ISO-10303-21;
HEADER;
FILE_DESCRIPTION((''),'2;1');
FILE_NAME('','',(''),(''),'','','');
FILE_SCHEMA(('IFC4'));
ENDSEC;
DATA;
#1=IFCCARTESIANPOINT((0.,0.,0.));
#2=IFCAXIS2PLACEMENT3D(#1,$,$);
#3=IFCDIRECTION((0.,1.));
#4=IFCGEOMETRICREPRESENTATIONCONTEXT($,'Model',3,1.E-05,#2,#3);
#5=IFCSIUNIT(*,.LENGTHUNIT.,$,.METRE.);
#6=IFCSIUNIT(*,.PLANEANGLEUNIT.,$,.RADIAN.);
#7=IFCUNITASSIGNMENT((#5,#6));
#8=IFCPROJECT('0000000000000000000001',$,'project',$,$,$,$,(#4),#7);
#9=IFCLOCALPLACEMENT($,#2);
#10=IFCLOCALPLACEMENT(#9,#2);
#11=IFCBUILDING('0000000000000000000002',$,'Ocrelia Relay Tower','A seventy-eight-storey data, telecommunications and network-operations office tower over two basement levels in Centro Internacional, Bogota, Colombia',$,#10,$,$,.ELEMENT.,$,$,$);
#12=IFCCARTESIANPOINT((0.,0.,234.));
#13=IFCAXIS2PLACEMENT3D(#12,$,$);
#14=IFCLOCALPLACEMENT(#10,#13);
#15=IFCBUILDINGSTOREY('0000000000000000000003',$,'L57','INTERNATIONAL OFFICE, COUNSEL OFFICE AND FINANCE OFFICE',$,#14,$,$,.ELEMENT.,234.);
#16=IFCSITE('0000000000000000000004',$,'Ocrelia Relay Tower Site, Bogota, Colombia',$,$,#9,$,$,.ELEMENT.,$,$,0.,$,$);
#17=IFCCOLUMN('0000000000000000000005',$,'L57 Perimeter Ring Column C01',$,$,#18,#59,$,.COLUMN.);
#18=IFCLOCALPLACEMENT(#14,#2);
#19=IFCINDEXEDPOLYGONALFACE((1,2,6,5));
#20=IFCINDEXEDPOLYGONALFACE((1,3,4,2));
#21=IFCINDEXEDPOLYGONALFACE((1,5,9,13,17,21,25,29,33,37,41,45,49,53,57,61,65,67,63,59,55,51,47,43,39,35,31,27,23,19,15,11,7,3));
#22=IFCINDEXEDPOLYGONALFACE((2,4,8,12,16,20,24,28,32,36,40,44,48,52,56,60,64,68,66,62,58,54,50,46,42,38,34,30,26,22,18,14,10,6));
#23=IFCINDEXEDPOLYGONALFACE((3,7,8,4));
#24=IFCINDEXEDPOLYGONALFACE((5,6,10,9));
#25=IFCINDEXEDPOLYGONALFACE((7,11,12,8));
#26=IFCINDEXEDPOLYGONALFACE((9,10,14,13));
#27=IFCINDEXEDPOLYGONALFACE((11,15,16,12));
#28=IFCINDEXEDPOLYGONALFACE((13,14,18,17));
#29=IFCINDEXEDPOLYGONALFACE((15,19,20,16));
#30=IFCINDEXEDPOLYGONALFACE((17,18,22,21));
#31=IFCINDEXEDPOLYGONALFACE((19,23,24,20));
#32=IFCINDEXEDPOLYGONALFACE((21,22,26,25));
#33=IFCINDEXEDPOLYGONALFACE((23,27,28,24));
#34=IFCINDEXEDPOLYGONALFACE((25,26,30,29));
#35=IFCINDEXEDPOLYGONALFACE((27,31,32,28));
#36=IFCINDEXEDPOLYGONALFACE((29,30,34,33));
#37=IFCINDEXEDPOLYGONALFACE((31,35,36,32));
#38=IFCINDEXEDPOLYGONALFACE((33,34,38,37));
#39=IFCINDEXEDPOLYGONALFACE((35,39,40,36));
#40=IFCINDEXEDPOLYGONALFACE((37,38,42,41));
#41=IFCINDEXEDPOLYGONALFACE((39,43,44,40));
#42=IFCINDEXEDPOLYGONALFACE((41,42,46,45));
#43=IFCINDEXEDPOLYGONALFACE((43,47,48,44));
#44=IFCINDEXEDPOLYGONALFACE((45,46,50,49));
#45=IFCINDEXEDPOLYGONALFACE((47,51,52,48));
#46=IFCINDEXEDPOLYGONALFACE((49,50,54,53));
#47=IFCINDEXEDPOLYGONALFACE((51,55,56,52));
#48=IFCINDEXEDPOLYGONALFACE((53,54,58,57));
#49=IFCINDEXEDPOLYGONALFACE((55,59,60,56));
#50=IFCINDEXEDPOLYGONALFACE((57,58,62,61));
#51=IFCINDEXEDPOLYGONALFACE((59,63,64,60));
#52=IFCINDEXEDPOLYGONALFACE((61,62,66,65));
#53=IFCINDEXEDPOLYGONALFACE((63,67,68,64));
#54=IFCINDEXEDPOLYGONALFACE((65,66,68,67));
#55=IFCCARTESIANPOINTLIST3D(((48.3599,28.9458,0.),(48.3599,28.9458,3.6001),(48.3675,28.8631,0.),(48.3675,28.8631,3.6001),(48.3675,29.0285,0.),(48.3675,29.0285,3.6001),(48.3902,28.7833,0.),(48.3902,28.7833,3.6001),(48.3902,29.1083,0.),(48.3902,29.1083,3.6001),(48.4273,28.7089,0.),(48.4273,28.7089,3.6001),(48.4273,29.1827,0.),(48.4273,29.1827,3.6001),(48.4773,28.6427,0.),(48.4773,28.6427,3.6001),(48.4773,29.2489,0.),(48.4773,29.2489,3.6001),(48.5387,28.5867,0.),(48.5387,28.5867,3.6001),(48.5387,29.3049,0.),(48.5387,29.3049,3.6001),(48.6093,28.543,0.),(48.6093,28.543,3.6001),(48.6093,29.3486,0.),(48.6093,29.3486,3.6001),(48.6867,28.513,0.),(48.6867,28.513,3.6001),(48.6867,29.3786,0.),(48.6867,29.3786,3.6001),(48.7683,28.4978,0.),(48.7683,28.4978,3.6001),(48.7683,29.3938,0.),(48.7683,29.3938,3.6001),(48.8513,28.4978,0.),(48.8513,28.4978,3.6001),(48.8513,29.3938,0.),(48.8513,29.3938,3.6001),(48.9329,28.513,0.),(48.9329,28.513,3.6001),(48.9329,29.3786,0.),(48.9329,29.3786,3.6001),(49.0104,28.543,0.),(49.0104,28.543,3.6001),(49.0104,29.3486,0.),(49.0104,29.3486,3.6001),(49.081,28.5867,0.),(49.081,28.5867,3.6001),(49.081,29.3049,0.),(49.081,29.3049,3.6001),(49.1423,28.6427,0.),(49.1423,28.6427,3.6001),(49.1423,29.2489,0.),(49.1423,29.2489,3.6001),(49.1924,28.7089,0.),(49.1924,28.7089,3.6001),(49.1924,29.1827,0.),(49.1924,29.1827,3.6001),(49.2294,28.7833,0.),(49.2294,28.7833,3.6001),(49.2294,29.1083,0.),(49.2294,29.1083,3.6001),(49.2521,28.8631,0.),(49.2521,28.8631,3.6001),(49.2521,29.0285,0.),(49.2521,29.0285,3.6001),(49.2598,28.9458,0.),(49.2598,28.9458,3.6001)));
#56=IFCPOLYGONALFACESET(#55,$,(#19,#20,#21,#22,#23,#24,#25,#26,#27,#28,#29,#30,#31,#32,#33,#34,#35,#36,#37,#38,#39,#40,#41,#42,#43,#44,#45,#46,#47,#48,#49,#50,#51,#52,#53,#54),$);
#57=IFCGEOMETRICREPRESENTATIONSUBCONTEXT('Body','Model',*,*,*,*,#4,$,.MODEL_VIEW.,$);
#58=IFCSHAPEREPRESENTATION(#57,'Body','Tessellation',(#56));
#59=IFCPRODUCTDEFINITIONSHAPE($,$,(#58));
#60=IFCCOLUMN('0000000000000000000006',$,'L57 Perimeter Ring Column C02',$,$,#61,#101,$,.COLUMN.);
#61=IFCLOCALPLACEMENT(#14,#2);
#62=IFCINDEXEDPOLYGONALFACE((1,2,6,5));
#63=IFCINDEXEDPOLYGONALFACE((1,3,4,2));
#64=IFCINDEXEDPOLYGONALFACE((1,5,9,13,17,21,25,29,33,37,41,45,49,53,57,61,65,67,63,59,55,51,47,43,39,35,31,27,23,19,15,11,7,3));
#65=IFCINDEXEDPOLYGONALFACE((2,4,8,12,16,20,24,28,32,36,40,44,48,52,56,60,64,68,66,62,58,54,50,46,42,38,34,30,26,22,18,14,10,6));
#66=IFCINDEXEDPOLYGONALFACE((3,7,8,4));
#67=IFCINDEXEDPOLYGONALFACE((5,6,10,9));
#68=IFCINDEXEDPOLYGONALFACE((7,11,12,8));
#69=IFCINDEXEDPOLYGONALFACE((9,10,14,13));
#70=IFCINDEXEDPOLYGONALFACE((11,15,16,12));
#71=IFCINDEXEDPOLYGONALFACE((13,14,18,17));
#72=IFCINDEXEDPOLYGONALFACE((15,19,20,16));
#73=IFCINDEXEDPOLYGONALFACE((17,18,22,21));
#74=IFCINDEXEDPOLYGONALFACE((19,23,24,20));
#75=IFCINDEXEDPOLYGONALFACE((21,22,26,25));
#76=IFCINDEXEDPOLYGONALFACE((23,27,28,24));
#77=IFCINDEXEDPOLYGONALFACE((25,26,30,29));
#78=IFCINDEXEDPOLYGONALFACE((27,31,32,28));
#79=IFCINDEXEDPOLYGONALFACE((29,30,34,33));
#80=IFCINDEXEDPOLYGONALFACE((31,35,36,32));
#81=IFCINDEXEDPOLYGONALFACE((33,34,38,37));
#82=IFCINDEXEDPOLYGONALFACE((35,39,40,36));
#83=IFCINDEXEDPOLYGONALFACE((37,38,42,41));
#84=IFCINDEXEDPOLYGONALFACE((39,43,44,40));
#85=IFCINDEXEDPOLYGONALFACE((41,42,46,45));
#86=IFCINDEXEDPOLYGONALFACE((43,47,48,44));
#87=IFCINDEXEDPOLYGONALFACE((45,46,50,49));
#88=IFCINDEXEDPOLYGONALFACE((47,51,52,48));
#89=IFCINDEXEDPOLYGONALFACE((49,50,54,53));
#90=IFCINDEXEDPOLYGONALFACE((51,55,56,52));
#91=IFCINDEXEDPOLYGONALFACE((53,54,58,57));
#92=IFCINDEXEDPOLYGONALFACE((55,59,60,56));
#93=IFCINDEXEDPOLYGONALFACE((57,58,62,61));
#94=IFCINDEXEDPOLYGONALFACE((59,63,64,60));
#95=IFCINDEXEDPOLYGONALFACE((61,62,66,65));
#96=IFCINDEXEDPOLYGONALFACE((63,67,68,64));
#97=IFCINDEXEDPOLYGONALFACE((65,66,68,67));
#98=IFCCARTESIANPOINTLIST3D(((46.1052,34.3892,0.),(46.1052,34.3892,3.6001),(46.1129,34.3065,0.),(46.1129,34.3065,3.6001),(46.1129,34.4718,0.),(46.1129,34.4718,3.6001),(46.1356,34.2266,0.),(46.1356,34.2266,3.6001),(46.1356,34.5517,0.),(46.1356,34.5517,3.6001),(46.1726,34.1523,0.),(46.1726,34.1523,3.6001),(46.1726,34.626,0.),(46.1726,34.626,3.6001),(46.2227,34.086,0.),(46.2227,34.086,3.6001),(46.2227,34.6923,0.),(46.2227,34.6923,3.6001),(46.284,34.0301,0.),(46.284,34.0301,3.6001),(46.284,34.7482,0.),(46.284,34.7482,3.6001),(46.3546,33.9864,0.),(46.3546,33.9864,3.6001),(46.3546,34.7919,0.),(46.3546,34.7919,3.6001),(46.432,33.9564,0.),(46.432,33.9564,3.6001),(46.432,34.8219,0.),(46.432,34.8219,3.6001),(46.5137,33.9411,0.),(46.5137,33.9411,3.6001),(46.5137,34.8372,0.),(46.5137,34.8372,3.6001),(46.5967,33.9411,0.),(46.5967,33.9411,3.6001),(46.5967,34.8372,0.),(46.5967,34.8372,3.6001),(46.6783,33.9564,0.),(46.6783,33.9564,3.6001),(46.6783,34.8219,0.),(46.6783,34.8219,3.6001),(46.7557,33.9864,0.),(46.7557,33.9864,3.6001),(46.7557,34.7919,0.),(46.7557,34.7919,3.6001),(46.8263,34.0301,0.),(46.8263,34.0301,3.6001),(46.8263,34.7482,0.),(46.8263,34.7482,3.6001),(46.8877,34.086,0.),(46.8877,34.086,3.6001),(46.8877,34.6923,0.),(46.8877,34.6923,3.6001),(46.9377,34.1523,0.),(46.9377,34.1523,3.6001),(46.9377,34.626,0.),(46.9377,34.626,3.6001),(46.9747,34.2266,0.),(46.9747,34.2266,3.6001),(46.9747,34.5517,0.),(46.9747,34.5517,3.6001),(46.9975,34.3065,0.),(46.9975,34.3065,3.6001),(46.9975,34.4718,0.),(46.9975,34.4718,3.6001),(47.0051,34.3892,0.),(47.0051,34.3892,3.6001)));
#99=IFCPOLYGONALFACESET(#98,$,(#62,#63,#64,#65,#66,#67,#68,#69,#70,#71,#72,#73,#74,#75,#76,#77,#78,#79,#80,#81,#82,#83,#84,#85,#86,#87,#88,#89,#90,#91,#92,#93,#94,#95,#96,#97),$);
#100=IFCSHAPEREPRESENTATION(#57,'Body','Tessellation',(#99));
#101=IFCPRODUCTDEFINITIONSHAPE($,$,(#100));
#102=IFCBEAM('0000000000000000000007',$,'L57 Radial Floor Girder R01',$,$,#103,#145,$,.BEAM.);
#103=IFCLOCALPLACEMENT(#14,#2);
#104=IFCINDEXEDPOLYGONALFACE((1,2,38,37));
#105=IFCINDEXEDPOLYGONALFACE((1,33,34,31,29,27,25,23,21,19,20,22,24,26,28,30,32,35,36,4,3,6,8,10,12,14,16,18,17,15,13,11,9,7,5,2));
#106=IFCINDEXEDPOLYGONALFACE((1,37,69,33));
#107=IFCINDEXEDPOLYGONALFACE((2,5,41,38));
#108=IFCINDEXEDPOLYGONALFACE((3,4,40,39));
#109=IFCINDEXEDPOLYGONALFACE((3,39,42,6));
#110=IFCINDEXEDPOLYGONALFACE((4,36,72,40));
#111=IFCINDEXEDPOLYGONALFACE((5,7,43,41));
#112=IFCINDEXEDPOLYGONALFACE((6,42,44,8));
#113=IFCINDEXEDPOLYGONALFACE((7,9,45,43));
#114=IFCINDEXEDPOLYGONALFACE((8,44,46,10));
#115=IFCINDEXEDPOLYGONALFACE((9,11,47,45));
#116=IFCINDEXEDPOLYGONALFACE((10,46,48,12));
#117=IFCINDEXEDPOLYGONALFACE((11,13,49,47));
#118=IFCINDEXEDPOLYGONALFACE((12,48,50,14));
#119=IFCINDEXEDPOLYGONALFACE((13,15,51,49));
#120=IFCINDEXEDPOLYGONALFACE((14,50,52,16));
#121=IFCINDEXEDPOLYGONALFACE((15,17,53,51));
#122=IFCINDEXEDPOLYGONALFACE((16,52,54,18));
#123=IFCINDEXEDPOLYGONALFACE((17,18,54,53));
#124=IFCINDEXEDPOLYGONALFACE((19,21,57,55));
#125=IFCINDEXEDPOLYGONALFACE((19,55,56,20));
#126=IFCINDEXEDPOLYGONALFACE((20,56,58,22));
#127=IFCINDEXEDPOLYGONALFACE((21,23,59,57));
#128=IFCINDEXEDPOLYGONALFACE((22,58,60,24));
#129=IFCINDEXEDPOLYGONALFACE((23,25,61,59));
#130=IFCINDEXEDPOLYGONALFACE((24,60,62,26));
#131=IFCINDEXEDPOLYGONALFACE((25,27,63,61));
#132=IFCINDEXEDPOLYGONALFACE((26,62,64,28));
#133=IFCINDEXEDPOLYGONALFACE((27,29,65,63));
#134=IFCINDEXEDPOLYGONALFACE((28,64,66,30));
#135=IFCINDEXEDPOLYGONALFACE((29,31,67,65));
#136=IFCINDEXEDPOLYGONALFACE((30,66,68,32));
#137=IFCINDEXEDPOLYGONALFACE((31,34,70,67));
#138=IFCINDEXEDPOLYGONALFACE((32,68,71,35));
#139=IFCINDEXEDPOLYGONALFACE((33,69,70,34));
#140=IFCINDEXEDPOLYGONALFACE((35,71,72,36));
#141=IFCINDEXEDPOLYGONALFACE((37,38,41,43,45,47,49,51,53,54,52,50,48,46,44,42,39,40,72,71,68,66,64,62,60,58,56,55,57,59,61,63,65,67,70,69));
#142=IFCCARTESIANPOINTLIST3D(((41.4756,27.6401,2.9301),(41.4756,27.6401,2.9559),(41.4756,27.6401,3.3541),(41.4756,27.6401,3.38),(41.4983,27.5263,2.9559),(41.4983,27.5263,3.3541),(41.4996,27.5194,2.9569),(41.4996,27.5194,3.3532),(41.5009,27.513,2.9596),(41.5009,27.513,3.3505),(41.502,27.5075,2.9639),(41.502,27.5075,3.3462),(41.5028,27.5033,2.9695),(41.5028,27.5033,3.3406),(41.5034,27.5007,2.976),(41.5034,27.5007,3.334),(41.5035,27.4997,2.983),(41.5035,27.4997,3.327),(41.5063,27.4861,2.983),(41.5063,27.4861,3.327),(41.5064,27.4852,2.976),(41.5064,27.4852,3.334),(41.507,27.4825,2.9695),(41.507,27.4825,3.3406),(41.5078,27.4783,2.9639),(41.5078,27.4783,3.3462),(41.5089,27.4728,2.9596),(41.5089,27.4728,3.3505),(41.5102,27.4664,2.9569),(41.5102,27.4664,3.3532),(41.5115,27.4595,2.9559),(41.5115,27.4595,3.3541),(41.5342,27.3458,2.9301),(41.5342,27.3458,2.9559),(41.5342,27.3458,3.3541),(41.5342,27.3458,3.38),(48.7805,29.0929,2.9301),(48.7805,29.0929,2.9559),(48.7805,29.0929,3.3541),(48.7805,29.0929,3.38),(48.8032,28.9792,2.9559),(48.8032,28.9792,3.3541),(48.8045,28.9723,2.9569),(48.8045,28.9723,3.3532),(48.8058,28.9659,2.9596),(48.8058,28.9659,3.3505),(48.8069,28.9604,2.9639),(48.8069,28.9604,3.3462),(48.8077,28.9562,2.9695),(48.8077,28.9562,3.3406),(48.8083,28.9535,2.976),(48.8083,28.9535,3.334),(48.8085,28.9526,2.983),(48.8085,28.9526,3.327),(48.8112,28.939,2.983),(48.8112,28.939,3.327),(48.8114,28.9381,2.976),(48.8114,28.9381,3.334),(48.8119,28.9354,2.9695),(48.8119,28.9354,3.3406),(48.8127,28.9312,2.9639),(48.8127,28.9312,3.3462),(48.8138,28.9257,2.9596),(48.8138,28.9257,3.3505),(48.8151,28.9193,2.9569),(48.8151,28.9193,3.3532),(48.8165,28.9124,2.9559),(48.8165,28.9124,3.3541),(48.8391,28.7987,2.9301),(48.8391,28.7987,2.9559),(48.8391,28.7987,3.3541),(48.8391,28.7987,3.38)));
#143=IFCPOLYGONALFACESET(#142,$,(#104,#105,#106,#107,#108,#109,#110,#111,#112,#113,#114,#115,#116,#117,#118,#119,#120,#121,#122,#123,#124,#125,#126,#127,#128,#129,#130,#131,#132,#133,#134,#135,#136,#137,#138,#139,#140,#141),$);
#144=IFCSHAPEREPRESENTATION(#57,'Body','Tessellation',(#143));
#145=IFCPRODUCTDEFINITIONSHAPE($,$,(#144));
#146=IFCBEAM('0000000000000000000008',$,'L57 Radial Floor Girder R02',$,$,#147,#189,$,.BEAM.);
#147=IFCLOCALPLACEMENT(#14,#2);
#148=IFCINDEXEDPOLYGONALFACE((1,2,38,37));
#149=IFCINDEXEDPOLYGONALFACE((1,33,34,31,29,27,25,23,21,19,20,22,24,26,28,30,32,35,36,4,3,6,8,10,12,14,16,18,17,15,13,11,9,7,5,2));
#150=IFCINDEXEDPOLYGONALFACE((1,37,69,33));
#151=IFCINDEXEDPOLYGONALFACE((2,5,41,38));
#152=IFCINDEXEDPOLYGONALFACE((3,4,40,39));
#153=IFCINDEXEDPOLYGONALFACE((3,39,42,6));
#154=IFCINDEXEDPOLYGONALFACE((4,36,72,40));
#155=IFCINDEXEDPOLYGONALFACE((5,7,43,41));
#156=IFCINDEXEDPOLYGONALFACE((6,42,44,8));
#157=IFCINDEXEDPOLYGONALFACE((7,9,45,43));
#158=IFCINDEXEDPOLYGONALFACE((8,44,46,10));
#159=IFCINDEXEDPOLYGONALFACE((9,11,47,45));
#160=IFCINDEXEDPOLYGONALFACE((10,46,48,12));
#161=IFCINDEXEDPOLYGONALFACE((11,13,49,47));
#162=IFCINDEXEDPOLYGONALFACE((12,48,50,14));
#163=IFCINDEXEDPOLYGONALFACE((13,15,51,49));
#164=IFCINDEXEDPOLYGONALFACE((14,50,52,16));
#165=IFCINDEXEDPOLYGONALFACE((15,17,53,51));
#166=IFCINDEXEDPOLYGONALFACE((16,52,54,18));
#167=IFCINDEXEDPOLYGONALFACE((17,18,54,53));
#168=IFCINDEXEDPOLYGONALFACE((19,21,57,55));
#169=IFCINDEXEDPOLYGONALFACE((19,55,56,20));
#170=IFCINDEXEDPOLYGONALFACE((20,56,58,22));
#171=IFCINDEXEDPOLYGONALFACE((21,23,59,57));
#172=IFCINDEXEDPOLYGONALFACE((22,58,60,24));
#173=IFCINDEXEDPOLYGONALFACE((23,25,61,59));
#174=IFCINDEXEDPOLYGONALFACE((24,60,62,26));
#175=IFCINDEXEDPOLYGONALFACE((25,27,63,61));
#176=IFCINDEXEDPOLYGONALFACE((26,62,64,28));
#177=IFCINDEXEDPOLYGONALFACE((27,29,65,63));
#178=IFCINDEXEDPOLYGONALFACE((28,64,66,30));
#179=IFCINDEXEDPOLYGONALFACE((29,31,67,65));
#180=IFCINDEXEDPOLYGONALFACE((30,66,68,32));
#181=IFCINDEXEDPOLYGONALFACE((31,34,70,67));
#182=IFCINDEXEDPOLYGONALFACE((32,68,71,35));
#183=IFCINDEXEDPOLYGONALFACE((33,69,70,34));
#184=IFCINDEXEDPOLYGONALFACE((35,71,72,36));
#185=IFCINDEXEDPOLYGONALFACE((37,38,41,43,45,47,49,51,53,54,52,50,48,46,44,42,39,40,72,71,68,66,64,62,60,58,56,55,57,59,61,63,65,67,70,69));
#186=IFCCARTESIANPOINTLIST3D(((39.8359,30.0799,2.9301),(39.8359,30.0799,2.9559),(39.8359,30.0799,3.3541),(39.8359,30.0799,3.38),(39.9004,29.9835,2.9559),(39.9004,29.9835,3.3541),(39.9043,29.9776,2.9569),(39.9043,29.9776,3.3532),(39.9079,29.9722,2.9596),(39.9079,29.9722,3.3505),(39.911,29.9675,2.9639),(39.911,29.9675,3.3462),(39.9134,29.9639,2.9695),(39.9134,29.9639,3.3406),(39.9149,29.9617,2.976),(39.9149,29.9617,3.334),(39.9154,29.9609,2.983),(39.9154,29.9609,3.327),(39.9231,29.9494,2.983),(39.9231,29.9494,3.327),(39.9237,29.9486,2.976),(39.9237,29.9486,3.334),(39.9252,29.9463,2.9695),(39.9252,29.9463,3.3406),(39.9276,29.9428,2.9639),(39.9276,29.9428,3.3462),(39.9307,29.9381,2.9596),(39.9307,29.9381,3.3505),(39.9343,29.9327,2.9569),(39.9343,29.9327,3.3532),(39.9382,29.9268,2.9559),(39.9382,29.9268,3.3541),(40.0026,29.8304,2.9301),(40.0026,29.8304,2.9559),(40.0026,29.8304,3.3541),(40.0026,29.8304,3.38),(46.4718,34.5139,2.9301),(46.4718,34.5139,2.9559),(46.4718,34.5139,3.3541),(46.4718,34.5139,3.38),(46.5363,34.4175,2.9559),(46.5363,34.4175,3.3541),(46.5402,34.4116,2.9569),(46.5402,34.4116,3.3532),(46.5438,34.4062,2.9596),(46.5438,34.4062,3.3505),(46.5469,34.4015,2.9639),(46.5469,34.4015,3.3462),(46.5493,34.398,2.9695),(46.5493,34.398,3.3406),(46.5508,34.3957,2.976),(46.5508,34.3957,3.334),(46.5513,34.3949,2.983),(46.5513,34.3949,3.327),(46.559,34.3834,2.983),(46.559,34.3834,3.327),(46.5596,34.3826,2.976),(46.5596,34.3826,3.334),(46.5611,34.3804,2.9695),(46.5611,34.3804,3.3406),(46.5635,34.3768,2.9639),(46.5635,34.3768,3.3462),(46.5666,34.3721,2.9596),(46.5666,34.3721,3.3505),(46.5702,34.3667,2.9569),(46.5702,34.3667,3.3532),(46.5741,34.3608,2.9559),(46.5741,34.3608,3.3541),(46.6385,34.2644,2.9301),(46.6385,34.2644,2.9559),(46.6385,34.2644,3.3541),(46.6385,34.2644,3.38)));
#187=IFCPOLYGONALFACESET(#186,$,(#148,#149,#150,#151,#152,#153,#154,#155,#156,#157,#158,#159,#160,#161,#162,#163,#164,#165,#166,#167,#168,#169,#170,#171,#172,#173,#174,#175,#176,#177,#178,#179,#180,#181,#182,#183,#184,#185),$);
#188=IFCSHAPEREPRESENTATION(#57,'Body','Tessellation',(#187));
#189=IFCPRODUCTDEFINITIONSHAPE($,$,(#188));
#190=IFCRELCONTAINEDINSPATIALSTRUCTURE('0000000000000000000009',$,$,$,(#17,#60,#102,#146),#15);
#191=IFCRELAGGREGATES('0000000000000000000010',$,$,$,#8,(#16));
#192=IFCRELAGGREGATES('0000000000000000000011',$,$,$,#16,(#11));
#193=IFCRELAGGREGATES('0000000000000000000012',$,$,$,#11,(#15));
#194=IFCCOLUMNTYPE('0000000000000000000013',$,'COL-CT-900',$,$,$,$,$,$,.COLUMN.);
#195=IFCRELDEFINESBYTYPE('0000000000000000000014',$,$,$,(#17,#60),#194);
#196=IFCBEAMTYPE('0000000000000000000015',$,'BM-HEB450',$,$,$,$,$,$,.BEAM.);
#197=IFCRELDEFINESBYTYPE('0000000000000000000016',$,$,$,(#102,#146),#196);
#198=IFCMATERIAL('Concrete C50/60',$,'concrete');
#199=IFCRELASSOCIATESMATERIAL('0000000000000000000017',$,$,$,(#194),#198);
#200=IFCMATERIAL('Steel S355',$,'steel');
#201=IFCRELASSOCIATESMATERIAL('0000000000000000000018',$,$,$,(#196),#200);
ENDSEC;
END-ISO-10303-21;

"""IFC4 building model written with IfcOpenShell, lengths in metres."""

from ifc_helpers import new_model, si_unit, direction, frame, origin, origin_2d, place, context, subcontext, project, spatial, circle, i_section, extrude, material, material_profile, profile_set, type_object, element, save


model = new_model("IFC4")

# Units and contexts
model_context = context("Model", 3, precision=1e-05, world=origin(), true_north=direction((0.0, 1.0)))
body_context = subcontext(model_context, "Body", "Model", "MODEL_VIEW")
ifc_project = project(units=[si_unit("LENGTHUNIT", "METRE"), si_unit("PLANEANGLEUNIT", "RADIAN")], contexts=[model_context])

# Site, building, storey
site_placement = place(None, origin())
site = spatial("IfcSite", under=ifc_project, at=site_placement, Name="Ocrelia Relay Tower Site, Bogota, Colombia", CompositionType="ELEMENT", RefElevation=0.0)
building_placement = place(site_placement, origin())
building = spatial("IfcBuilding", under=site, at=building_placement, Name="Ocrelia Relay Tower", Description="A seventy-eight-storey data, telecommunications and network-operations office tower over two basement levels in Centro Internacional, Bogota, Colombia", CompositionType="ELEMENT")
storey_placement = place(building_placement, frame((0.0, 0.0, 234.0)))
storey = spatial("IfcBuildingStorey", under=building, at=storey_placement, Name="L57", Description="INTERNATIONAL OFFICE, COUNSEL OFFICE AND FINANCE OFFICE", CompositionType="ELEMENT", Elevation=234.0)

# Columns
ifc_material_1 = material(Name="Concrete C50/60", Category="concrete")
ifc_material_profile_1 = material_profile(ifc_material_1, circle(Radius=0.45, at=origin_2d()), Name="RC-CIR-900")
ifc_profile_set_1 = profile_set([ifc_material_profile_1], Name="Concrete C50/60")
column_type = type_object("IfcColumnType", Name="COL-CT-900", PredefinedType="COLUMN", material=ifc_profile_set_1)
for number, where, z_axis, x_axis, name in (
    (1, (48.8098, 28.9458, 0.0), (0.0, 0.0, 1.0), (1.0, 0.0, 0.0), "L57 Perimeter Ring Column C01"),
    (2, (46.5552, 34.3892, 0.0), (0.0, 0.0, 1.0), (1.0, 0.0, 0.0), "L57 Perimeter Ring Column C02"),
):
    element("IfcColumn", number, at=place(storey_placement, frame(where, z_axis=z_axis, x_axis=x_axis)), inside=storey, type_object=column_type, Name=name, PredefinedType="COLUMN", context=body_context, shape_type="SweptSolid", body=[
        extrude(circle(Radius=0.45, at=origin_2d()), origin(), (0.0, 0.0, 1.0), 3.6001),
    ])

# Beams
ifc_material_2 = material(Name="Steel S355", Category="steel")
ifc_material_profile_2 = material_profile(ifc_material_2, i_section(OverallWidth=0.3, OverallDepth=0.45, WebThickness=0.0139, FlangeThickness=0.0259, FilletRadius=0.0271, at=origin_2d()), Name="HEB 450")
ifc_profile_set_2 = profile_set([ifc_material_profile_2], Name="Steel S355")
beam_type_1 = type_object("IfcBeamType", Name="BM-HEB450", PredefinedType="BEAM", material=ifc_profile_set_2)
beam_1_placement = place(storey_placement, frame((48.8098, 28.9458, 3.155), z_axis=(-0.980789, -0.19507, 0.0), x_axis=(0.19507, -0.980789, 0.0)))
element("IfcBeam", 3, at=beam_1_placement, inside=storey, type_object=beam_type_1, Name="L57 Radial Floor Girder R01", PredefinedType="BEAM", context=body_context, shape_type="SweptSolid", body=[
    extrude(i_section(OverallWidth=0.3, OverallDepth=0.45, WebThickness=0.0139, FlangeThickness=0.0259, FilletRadius=0.0271, at=origin_2d()), origin(), (0.0, 0.0, 1.0), 7.448),
])
beam_2_placement = place(storey_placement, frame((46.5552, 34.3892, 3.155), z_axis=(-0.831466, -0.555575, 0.0), x_axis=(0.555575, -0.831466, 0.0)))
element("IfcBeam", 4, at=beam_2_placement, inside=storey, type_object=beam_type_1, Name="L57 Radial Floor Girder R02", PredefinedType="BEAM", context=body_context, shape_type="SweptSolid", body=[
    extrude(i_section(OverallWidth=0.3, OverallDepth=0.45, WebThickness=0.0139, FlangeThickness=0.0259, FilletRadius=0.0271, at=origin_2d()), origin(), (0.0, 0.0, 1.0), 7.981),
])

save(model, "model.ifc")
